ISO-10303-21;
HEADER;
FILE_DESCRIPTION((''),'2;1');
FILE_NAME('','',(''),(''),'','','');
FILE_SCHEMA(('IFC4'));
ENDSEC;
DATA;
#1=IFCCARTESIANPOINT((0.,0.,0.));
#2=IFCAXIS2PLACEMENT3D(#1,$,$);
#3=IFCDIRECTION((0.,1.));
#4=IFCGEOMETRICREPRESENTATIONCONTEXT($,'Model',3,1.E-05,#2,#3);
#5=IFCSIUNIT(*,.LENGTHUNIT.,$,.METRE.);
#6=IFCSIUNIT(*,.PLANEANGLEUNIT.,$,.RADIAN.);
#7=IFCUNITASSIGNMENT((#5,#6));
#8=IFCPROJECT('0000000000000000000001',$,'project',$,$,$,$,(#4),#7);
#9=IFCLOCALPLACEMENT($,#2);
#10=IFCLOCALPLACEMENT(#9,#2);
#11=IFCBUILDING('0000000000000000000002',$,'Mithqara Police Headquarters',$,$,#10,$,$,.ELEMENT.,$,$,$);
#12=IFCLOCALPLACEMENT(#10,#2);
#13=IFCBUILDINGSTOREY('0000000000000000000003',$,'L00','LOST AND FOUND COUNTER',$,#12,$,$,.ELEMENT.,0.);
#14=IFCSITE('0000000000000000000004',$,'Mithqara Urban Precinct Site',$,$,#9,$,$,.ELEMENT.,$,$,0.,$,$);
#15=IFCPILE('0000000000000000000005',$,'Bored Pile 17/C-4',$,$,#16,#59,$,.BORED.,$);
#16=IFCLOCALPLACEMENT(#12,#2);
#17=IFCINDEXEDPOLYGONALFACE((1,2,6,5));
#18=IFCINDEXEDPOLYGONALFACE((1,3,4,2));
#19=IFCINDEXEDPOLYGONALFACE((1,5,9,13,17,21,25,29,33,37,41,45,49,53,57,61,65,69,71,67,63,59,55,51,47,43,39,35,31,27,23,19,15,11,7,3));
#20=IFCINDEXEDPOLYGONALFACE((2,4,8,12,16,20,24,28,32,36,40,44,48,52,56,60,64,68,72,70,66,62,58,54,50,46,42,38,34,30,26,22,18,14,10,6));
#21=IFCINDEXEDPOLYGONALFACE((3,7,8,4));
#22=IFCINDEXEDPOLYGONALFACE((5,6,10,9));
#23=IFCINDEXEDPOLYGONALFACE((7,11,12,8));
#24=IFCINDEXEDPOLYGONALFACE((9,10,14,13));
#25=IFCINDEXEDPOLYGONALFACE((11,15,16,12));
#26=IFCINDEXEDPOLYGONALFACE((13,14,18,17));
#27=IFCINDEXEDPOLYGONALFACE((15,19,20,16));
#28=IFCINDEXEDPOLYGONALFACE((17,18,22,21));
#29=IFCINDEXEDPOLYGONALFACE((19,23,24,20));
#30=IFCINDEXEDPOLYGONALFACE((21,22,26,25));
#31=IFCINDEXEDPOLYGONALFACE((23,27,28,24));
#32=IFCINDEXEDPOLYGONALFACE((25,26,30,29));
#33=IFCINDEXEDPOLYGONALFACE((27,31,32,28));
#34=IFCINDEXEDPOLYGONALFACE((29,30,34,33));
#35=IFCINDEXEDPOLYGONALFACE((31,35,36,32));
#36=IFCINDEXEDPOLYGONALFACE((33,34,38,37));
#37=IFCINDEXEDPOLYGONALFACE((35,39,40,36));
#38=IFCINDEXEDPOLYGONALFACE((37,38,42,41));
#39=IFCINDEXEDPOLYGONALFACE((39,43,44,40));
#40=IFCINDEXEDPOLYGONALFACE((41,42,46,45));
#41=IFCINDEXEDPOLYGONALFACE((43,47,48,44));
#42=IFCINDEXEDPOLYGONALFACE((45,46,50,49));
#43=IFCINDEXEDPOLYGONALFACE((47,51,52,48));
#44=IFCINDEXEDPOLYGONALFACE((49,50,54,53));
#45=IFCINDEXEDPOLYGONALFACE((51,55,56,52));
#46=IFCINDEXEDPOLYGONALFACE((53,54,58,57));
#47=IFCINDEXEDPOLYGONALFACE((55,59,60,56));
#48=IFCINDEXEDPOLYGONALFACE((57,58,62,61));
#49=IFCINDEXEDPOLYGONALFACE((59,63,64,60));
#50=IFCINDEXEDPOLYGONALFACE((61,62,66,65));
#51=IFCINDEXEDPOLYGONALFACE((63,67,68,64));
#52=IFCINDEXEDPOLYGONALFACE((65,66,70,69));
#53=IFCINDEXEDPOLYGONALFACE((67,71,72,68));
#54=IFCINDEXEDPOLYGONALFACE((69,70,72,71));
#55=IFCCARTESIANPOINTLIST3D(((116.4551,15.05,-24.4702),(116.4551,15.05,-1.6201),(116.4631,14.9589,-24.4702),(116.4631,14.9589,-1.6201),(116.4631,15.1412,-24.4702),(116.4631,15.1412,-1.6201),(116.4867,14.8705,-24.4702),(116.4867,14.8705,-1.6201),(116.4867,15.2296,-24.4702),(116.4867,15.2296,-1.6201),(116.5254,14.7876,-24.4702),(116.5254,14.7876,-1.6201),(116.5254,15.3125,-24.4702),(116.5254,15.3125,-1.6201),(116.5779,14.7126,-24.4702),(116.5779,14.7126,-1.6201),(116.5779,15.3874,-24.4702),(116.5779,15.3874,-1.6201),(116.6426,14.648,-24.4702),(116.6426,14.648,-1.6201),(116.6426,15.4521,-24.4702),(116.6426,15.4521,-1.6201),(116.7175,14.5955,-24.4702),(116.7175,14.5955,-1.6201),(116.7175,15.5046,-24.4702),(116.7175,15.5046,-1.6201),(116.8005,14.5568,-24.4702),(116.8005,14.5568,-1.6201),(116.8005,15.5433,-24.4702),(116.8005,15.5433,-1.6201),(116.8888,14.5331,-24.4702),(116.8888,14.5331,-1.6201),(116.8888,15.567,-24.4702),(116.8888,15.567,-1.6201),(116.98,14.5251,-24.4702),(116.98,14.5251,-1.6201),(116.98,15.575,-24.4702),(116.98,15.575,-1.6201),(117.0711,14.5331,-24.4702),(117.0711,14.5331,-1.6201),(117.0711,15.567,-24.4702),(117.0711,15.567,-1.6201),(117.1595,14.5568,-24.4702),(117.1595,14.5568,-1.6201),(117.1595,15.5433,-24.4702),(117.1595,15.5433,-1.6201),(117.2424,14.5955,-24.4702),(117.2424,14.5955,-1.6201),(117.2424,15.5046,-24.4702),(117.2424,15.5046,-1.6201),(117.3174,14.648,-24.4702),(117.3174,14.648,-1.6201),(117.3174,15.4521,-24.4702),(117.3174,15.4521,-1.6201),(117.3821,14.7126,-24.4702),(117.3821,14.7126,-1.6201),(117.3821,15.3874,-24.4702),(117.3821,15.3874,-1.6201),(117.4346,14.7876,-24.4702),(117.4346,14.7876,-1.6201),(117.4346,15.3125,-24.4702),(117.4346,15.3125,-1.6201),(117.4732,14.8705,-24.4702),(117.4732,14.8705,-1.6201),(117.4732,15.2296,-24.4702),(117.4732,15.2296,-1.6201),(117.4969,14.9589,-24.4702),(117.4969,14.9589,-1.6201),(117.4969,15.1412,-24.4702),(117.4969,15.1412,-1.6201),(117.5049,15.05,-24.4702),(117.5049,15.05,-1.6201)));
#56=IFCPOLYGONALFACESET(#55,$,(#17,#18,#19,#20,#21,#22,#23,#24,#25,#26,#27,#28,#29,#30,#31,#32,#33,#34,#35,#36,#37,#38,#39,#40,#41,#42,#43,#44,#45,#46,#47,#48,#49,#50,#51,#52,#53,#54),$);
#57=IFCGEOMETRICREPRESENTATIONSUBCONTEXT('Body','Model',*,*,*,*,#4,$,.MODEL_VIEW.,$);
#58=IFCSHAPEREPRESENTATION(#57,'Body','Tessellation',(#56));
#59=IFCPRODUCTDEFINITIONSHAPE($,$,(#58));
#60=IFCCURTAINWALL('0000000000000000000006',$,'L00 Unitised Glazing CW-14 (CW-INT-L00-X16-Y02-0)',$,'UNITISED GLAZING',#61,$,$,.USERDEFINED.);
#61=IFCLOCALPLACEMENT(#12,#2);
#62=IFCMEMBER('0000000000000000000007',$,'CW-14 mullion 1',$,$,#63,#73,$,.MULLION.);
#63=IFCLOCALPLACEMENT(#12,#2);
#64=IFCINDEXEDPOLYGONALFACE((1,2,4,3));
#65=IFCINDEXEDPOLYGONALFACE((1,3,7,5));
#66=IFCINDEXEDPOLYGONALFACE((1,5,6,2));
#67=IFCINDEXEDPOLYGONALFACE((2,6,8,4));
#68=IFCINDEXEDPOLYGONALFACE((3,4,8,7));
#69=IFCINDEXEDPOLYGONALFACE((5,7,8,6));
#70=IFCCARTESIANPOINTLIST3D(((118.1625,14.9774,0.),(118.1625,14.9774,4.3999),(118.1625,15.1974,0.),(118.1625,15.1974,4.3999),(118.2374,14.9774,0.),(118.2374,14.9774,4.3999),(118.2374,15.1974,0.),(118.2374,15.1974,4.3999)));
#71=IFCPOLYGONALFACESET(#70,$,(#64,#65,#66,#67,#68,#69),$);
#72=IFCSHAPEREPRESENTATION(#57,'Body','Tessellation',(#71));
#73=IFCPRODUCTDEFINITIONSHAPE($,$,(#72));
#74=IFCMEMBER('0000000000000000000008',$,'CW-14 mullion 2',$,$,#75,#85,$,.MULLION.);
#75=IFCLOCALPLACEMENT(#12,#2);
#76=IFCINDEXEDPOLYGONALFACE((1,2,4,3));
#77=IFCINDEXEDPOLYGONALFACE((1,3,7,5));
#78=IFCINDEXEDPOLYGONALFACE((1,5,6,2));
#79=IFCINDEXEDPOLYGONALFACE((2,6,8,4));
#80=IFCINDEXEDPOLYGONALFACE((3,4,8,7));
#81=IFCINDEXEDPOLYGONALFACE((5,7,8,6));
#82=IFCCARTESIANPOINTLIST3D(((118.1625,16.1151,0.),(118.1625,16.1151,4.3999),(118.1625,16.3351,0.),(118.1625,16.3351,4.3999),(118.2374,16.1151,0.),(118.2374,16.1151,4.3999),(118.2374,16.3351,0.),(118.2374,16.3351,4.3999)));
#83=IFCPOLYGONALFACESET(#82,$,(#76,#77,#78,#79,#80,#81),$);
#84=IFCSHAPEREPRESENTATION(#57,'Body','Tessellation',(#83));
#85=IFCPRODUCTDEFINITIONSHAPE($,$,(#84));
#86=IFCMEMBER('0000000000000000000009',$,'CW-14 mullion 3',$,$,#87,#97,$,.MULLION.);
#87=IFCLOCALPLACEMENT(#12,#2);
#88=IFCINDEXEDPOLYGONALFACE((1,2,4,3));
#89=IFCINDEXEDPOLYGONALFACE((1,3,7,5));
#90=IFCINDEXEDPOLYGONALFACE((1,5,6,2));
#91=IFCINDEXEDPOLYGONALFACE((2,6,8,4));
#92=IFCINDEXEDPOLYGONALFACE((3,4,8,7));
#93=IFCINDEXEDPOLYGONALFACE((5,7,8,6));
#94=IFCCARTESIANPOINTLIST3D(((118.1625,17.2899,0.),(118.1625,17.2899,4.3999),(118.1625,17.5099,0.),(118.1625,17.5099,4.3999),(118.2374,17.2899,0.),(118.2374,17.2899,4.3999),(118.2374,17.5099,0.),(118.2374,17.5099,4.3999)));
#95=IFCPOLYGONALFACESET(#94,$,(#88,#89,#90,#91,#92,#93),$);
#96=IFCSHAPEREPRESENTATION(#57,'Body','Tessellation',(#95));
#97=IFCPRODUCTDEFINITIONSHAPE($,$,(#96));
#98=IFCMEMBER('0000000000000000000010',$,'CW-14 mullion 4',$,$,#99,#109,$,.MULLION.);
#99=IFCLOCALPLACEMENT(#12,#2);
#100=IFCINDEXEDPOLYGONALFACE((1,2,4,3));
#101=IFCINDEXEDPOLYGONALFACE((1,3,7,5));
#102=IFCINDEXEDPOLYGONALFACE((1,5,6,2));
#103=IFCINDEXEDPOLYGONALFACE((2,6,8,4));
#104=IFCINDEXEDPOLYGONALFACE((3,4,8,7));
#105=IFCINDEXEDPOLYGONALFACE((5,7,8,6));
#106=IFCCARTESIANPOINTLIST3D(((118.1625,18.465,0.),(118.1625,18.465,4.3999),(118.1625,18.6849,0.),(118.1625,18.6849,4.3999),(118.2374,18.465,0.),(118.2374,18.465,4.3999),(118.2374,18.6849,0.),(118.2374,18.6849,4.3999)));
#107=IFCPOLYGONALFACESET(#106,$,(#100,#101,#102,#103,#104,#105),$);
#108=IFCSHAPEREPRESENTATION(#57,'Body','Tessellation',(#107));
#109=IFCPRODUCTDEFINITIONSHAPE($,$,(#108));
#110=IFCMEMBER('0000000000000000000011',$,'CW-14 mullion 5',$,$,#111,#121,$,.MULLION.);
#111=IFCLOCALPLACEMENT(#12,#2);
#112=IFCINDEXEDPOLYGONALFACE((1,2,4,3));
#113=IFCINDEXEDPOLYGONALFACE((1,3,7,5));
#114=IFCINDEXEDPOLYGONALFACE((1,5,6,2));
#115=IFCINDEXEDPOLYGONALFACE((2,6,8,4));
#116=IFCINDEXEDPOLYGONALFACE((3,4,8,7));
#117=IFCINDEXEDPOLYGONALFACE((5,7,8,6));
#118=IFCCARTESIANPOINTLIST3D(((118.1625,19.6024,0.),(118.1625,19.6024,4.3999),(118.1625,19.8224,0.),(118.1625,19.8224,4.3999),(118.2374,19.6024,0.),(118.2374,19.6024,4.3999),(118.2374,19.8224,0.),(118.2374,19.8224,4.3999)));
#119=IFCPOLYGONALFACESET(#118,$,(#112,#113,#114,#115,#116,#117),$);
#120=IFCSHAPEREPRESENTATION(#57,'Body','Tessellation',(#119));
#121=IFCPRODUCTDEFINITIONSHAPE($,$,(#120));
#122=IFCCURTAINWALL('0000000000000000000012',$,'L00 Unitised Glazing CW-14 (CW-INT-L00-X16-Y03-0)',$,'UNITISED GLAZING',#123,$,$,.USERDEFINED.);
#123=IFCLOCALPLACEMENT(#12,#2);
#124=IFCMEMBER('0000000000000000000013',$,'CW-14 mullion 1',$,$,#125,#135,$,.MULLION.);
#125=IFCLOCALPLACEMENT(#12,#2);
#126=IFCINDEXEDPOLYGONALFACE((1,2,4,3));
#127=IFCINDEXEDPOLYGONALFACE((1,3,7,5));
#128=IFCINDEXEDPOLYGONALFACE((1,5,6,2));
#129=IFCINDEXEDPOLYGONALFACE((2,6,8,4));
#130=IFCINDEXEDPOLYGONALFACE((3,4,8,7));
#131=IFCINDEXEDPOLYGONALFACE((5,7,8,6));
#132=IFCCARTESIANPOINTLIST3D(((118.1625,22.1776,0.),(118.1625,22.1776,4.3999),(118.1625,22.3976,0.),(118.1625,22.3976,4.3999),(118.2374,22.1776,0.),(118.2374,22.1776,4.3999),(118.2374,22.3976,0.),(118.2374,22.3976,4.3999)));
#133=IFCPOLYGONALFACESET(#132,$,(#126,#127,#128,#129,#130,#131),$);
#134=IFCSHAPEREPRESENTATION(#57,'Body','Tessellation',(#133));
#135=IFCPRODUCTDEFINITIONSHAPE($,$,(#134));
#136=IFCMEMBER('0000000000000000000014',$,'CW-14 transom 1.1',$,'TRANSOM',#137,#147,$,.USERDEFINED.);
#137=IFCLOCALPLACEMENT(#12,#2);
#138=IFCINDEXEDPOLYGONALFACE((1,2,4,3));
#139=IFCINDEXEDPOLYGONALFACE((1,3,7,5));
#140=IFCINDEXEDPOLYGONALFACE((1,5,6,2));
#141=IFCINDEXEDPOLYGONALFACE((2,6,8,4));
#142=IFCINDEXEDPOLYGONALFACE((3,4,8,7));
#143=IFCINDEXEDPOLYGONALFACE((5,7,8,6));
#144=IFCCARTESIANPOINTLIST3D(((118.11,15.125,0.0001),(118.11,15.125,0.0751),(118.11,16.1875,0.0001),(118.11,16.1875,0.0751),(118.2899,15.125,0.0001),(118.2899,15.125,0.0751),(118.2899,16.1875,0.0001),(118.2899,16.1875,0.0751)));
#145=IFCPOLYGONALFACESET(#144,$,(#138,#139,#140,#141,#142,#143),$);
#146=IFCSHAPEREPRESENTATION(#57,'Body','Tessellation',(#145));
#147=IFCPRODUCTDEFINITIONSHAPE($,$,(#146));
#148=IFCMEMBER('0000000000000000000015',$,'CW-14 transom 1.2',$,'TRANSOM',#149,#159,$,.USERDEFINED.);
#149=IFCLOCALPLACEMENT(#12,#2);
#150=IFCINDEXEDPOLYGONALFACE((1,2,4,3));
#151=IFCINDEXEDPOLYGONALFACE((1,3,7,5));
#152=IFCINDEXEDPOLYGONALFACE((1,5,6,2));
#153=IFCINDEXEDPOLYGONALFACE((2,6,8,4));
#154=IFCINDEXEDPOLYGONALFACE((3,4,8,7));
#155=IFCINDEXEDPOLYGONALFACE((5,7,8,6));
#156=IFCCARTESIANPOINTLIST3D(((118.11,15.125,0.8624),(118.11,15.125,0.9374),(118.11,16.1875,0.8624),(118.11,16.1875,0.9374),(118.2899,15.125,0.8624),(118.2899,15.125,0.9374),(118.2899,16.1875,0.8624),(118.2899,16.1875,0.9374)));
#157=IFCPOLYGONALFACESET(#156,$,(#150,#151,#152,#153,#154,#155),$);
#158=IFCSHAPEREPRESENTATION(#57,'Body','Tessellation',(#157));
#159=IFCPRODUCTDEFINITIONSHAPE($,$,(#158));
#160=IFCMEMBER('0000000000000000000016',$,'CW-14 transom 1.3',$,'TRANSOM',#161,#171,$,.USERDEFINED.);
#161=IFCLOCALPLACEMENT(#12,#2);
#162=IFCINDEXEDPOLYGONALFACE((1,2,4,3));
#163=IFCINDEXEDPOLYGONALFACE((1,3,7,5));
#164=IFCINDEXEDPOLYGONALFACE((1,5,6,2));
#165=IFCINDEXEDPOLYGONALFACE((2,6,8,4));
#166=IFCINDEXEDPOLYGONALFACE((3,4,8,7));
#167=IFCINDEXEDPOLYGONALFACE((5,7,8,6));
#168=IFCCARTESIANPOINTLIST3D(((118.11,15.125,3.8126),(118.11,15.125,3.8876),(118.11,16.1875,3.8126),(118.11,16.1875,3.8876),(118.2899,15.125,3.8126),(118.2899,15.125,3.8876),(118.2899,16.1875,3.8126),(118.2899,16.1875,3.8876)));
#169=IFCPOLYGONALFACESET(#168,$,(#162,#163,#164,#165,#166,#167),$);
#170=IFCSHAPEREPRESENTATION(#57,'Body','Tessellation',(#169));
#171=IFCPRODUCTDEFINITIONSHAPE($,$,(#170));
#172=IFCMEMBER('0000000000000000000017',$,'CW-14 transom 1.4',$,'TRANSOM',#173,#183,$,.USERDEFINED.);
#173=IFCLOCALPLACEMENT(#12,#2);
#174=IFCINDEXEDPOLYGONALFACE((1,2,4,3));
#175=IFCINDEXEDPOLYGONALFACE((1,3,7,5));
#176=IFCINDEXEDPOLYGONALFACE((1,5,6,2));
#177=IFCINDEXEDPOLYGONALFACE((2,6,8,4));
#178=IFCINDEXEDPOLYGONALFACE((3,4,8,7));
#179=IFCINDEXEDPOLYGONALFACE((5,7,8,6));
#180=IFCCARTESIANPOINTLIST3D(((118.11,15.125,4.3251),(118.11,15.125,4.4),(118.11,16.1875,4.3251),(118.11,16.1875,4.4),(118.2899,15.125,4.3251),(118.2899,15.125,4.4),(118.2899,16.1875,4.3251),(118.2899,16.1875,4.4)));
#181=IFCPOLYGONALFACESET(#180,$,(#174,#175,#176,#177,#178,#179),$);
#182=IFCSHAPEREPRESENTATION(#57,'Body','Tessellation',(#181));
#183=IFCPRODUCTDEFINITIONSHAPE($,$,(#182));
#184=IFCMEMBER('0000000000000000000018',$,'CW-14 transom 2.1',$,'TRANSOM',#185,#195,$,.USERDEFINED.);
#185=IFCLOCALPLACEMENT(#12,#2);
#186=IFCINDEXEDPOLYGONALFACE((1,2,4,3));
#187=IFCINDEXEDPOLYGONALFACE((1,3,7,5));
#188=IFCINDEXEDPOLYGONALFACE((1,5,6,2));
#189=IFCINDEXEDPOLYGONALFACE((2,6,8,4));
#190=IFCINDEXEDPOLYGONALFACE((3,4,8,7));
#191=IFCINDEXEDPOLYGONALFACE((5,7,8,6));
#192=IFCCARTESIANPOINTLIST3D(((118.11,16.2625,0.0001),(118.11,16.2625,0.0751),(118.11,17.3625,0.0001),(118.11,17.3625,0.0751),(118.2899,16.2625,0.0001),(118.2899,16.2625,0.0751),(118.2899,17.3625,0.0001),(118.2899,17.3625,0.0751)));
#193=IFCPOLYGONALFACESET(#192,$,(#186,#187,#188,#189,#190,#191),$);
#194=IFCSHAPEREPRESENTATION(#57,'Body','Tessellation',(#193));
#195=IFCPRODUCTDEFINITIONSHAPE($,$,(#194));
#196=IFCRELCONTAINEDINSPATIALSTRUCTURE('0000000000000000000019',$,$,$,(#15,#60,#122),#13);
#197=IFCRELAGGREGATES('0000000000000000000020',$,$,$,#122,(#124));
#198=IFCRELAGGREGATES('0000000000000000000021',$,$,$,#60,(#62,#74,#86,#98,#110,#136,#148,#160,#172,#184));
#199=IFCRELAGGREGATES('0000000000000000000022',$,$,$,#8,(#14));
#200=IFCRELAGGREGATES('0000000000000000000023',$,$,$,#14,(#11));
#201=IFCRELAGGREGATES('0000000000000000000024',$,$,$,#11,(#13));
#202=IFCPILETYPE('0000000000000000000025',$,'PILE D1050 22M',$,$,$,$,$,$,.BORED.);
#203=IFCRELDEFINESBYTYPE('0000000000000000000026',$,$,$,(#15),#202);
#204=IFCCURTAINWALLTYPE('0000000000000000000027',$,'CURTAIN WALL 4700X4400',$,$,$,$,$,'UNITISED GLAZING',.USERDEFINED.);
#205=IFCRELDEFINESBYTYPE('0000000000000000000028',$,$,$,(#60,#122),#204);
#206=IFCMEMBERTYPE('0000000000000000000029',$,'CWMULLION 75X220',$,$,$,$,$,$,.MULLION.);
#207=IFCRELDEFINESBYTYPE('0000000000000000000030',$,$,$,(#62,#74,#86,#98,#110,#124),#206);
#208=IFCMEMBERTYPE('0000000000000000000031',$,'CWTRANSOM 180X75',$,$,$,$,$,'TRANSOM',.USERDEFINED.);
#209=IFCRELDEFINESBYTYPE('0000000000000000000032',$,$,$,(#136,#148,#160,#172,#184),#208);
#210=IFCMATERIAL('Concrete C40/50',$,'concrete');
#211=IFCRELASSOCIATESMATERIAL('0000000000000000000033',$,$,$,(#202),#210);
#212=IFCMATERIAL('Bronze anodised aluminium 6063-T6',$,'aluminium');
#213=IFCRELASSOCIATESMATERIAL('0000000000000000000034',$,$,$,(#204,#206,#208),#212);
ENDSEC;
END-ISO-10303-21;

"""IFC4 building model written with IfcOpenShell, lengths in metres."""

from ifc_helpers import new_model, si_unit, direction, frame, origin, origin_2d, place, context, subcontext, project, spatial, rectangle, circle, extrude, material, material_profile, profile_set, type_object, element, aggregate, save


model = new_model("IFC4")

# Units and contexts
model_context = context("Model", 3, precision=1e-05, world=origin(), true_north=direction((0.0, 1.0)))
body_context = subcontext(model_context, "Body", "Model", "MODEL_VIEW")
ifc_project = project(units=[si_unit("LENGTHUNIT", "METRE"), si_unit("PLANEANGLEUNIT", "RADIAN")], contexts=[model_context])

# Site, building, storey
site_placement = place(None, origin())
site = spatial("IfcSite", under=ifc_project, at=site_placement, Name="Mithqara Urban Precinct Site", CompositionType="ELEMENT", RefElevation=0.0)
building_placement = place(site_placement, origin())
building = spatial("IfcBuilding", under=site, at=building_placement, Name="Mithqara Police Headquarters", CompositionType="ELEMENT")
storey_placement = place(building_placement, origin())
storey = spatial("IfcBuildingStorey", under=building, at=storey_placement, Name="L00", Description="LOST AND FOUND COUNTER", CompositionType="ELEMENT", Elevation=0.0)

# Pile
ifc_material_1 = material(Name="Concrete C40/50", Category="concrete")
ifc_material_profile_1 = material_profile(ifc_material_1, circle(Radius=0.5249, at=origin_2d()), Name="PILE D1050")
ifc_profile_set_1 = profile_set([ifc_material_profile_1], Name="Concrete C40/50")
pile_type = type_object("IfcPileType", Name="PILE D1050 22M", PredefinedType="BORED", material=ifc_profile_set_1)
pile_placement = place(storey_placement, frame((116.98, 15.05, -1.6201), z_axis=(0.0, 0.0, -1.0), x_axis=(1.0, 0.0, 0.0)))
element("IfcPile", 1, at=pile_placement, inside=storey, type_object=pile_type, Name="Bored Pile 17/C-4", PredefinedType="BORED", context=body_context, shape_type="SweptSolid", body=[
    extrude(circle(Radius=0.5249, at=origin_2d()), origin(), (0.0, 0.0, 1.0), 22.8501),
])

# Curtain wall, members
ifc_material_2 = material(Name="Bronze anodised aluminium 6063-T6", Category="aluminium")
curtain_wall_type = type_object("IfcCurtainWallType", Name="CURTAIN WALL 4700X4400", ElementType="UNITISED GLAZING", PredefinedType="USERDEFINED", material=ifc_material_2)
curtain_wall_1_placement = place(storey_placement, origin())
curtain_wall_1 = element("IfcCurtainWall", 2, at=curtain_wall_1_placement, inside=storey, type_object=curtain_wall_type, Name="L00 Unitised Glazing CW-14 (CW-INT-L00-X16-Y02-0)", ObjectType="UNITISED GLAZING", PredefinedType="USERDEFINED")
ifc_material_profile_2 = material_profile(ifc_material_2, rectangle(XDim=0.075, YDim=0.22, at=origin_2d()), Name="CWM 75x220")
ifc_profile_set_2 = profile_set([ifc_material_profile_2], Name="Bronze anodised aluminium 6063-T6")
member_type_1 = type_object("IfcMemberType", Name="CWMULLION 75X220", PredefinedType="MULLION", material=ifc_profile_set_2)
member_1_placement = place(storey_placement, frame((118.2, 15.0874, 0.0), z_axis=(0.0, 0.0, 1.0), x_axis=(-1.0, 0.0, 0.0)))
member_1 = element("IfcMember", 3, at=member_1_placement, type_object=member_type_1, Name="CW-14 mullion 1", PredefinedType="MULLION", context=body_context, shape_type="SweptSolid", body=[
    extrude(rectangle(XDim=0.075, YDim=0.22, at=origin_2d()), origin(), (0.0, 0.0, 1.0), 4.3999),
])
member_2_placement = place(storey_placement, frame((118.2, 16.2251, 0.0), z_axis=(0.0, 0.0, 1.0), x_axis=(-1.0, 0.0, 0.0)))
member_2 = element("IfcMember", 4, at=member_2_placement, type_object=member_type_1, Name="CW-14 mullion 2", PredefinedType="MULLION", context=body_context, shape_type="SweptSolid", body=[
    extrude(rectangle(XDim=0.075, YDim=0.22, at=origin_2d()), origin(), (0.0, 0.0, 1.0), 4.3999),
])
member_3_placement = place(storey_placement, frame((118.2, 17.3999, 0.0), z_axis=(0.0, 0.0, 1.0), x_axis=(-1.0, 0.0, 0.0)))
member_3 = element("IfcMember", 5, at=member_3_placement, type_object=member_type_1, Name="CW-14 mullion 3", PredefinedType="MULLION", context=body_context, shape_type="SweptSolid", body=[
    extrude(rectangle(XDim=0.075, YDim=0.22, at=origin_2d()), origin(), (0.0, 0.0, 1.0), 4.3999),
])
member_4_placement = place(storey_placement, frame((118.2, 18.575, 0.0), z_axis=(0.0, 0.0, 1.0), x_axis=(-1.0, 0.0, 0.0)))
member_4 = element("IfcMember", 6, at=member_4_placement, type_object=member_type_1, Name="CW-14 mullion 4", PredefinedType="MULLION", context=body_context, shape_type="SweptSolid", body=[
    extrude(rectangle(XDim=0.075, YDim=0.22, at=origin_2d()), origin(), (0.0, 0.0, 1.0), 4.3999),
])
member_5_placement = place(storey_placement, frame((118.2, 19.7124, 0.0), z_axis=(0.0, 0.0, 1.0), x_axis=(-1.0, 0.0, 0.0)))
member_5 = element("IfcMember", 7, at=member_5_placement, type_object=member_type_1, Name="CW-14 mullion 5", PredefinedType="MULLION", context=body_context, shape_type="SweptSolid", body=[
    extrude(rectangle(XDim=0.075, YDim=0.22, at=origin_2d()), origin(), (0.0, 0.0, 1.0), 4.3999),
])

# Curtain wall, member
curtain_wall_2_placement = place(storey_placement, origin())
curtain_wall_2 = element("IfcCurtainWall", 8, at=curtain_wall_2_placement, inside=storey, type_object=curtain_wall_type, Name="L00 Unitised Glazing CW-14 (CW-INT-L00-X16-Y03-0)", ObjectType="UNITISED GLAZING", PredefinedType="USERDEFINED")
member_6_placement = place(storey_placement, frame((118.2, 22.2876, 0.0), z_axis=(0.0, 0.0, 1.0), x_axis=(-1.0, 0.0, 0.0)))
member_6 = element("IfcMember", 9, at=member_6_placement, type_object=member_type_1, Name="CW-14 mullion 1", PredefinedType="MULLION", context=body_context, shape_type="SweptSolid", body=[
    extrude(rectangle(XDim=0.075, YDim=0.22, at=origin_2d()), origin(), (0.0, 0.0, 1.0), 4.3999),
])

# Members
ifc_material_profile_3 = material_profile(ifc_material_2, rectangle(XDim=0.1799, YDim=0.075, at=origin_2d()), Name="CWT 180x75")
ifc_profile_set_3 = profile_set([ifc_material_profile_3], Name="Bronze anodised aluminium 6063-T6")
member_type_2 = type_object("IfcMemberType", Name="CWTRANSOM 180X75", ElementType="TRANSOM", PredefinedType="USERDEFINED", material=ifc_profile_set_3)
member_7_placement = place(storey_placement, frame((118.2, 15.125, 0.0376), z_axis=(0.0, 1.0, 0.0), x_axis=(-1.0, 0.0, 0.0)))
member_7 = element("IfcMember", 10, at=member_7_placement, type_object=member_type_2, Name="CW-14 transom 1.1", ObjectType="TRANSOM", PredefinedType="USERDEFINED", context=body_context, shape_type="SweptSolid", body=[
    extrude(rectangle(XDim=0.1799, YDim=0.075, at=origin_2d()), origin(), (0.0, 0.0, 1.0), 1.0625),
])
member_8_placement = place(storey_placement, frame((118.2, 15.125, 0.8999), z_axis=(0.0, 1.0, 0.0), x_axis=(-1.0, 0.0, 0.0)))
member_8 = element("IfcMember", 11, at=member_8_placement, type_object=member_type_2, Name="CW-14 transom 1.2", ObjectType="TRANSOM", PredefinedType="USERDEFINED", context=body_context, shape_type="SweptSolid", body=[
    extrude(rectangle(XDim=0.1799, YDim=0.075, at=origin_2d()), origin(), (0.0, 0.0, 1.0), 1.0625),
])
member_9_placement = place(storey_placement, frame((118.2, 15.125, 3.8501), z_axis=(0.0, 1.0, 0.0), x_axis=(-1.0, 0.0, 0.0)))
member_9 = element("IfcMember", 12, at=member_9_placement, type_object=member_type_2, Name="CW-14 transom 1.3", ObjectType="TRANSOM", PredefinedType="USERDEFINED", context=body_context, shape_type="SweptSolid", body=[
    extrude(rectangle(XDim=0.1799, YDim=0.075, at=origin_2d()), origin(), (0.0, 0.0, 1.0), 1.0625),
])
member_10_placement = place(storey_placement, frame((118.2, 15.125, 4.3625), z_axis=(0.0, 1.0, 0.0), x_axis=(-1.0, 0.0, 0.0)))
member_10 = element("IfcMember", 13, at=member_10_placement, type_object=member_type_2, Name="CW-14 transom 1.4", ObjectType="TRANSOM", PredefinedType="USERDEFINED", context=body_context, shape_type="SweptSolid", body=[
    extrude(rectangle(XDim=0.1799, YDim=0.075, at=origin_2d()), origin(), (0.0, 0.0, 1.0), 1.0625),
])
member_11_placement = place(storey_placement, frame((118.2, 16.2625, 0.0376), z_axis=(0.0, 1.0, 0.0), x_axis=(-1.0, 0.0, 0.0)))
member_11 = element("IfcMember", 14, at=member_11_placement, type_object=member_type_2, Name="CW-14 transom 2.1", ObjectType="TRANSOM", PredefinedType="USERDEFINED", context=body_context, shape_type="SweptSolid", body=[
    extrude(rectangle(XDim=0.1799, YDim=0.075, at=origin_2d()), origin(), (0.0, 0.0, 1.0), 1.1001),
])
aggregate(curtain_wall_2, [member_6])

aggregate(curtain_wall_1, [member_1, member_2, member_3, member_4, member_5, member_7, member_8, member_9, member_10, member_11])

save(model, "model.ifc")
